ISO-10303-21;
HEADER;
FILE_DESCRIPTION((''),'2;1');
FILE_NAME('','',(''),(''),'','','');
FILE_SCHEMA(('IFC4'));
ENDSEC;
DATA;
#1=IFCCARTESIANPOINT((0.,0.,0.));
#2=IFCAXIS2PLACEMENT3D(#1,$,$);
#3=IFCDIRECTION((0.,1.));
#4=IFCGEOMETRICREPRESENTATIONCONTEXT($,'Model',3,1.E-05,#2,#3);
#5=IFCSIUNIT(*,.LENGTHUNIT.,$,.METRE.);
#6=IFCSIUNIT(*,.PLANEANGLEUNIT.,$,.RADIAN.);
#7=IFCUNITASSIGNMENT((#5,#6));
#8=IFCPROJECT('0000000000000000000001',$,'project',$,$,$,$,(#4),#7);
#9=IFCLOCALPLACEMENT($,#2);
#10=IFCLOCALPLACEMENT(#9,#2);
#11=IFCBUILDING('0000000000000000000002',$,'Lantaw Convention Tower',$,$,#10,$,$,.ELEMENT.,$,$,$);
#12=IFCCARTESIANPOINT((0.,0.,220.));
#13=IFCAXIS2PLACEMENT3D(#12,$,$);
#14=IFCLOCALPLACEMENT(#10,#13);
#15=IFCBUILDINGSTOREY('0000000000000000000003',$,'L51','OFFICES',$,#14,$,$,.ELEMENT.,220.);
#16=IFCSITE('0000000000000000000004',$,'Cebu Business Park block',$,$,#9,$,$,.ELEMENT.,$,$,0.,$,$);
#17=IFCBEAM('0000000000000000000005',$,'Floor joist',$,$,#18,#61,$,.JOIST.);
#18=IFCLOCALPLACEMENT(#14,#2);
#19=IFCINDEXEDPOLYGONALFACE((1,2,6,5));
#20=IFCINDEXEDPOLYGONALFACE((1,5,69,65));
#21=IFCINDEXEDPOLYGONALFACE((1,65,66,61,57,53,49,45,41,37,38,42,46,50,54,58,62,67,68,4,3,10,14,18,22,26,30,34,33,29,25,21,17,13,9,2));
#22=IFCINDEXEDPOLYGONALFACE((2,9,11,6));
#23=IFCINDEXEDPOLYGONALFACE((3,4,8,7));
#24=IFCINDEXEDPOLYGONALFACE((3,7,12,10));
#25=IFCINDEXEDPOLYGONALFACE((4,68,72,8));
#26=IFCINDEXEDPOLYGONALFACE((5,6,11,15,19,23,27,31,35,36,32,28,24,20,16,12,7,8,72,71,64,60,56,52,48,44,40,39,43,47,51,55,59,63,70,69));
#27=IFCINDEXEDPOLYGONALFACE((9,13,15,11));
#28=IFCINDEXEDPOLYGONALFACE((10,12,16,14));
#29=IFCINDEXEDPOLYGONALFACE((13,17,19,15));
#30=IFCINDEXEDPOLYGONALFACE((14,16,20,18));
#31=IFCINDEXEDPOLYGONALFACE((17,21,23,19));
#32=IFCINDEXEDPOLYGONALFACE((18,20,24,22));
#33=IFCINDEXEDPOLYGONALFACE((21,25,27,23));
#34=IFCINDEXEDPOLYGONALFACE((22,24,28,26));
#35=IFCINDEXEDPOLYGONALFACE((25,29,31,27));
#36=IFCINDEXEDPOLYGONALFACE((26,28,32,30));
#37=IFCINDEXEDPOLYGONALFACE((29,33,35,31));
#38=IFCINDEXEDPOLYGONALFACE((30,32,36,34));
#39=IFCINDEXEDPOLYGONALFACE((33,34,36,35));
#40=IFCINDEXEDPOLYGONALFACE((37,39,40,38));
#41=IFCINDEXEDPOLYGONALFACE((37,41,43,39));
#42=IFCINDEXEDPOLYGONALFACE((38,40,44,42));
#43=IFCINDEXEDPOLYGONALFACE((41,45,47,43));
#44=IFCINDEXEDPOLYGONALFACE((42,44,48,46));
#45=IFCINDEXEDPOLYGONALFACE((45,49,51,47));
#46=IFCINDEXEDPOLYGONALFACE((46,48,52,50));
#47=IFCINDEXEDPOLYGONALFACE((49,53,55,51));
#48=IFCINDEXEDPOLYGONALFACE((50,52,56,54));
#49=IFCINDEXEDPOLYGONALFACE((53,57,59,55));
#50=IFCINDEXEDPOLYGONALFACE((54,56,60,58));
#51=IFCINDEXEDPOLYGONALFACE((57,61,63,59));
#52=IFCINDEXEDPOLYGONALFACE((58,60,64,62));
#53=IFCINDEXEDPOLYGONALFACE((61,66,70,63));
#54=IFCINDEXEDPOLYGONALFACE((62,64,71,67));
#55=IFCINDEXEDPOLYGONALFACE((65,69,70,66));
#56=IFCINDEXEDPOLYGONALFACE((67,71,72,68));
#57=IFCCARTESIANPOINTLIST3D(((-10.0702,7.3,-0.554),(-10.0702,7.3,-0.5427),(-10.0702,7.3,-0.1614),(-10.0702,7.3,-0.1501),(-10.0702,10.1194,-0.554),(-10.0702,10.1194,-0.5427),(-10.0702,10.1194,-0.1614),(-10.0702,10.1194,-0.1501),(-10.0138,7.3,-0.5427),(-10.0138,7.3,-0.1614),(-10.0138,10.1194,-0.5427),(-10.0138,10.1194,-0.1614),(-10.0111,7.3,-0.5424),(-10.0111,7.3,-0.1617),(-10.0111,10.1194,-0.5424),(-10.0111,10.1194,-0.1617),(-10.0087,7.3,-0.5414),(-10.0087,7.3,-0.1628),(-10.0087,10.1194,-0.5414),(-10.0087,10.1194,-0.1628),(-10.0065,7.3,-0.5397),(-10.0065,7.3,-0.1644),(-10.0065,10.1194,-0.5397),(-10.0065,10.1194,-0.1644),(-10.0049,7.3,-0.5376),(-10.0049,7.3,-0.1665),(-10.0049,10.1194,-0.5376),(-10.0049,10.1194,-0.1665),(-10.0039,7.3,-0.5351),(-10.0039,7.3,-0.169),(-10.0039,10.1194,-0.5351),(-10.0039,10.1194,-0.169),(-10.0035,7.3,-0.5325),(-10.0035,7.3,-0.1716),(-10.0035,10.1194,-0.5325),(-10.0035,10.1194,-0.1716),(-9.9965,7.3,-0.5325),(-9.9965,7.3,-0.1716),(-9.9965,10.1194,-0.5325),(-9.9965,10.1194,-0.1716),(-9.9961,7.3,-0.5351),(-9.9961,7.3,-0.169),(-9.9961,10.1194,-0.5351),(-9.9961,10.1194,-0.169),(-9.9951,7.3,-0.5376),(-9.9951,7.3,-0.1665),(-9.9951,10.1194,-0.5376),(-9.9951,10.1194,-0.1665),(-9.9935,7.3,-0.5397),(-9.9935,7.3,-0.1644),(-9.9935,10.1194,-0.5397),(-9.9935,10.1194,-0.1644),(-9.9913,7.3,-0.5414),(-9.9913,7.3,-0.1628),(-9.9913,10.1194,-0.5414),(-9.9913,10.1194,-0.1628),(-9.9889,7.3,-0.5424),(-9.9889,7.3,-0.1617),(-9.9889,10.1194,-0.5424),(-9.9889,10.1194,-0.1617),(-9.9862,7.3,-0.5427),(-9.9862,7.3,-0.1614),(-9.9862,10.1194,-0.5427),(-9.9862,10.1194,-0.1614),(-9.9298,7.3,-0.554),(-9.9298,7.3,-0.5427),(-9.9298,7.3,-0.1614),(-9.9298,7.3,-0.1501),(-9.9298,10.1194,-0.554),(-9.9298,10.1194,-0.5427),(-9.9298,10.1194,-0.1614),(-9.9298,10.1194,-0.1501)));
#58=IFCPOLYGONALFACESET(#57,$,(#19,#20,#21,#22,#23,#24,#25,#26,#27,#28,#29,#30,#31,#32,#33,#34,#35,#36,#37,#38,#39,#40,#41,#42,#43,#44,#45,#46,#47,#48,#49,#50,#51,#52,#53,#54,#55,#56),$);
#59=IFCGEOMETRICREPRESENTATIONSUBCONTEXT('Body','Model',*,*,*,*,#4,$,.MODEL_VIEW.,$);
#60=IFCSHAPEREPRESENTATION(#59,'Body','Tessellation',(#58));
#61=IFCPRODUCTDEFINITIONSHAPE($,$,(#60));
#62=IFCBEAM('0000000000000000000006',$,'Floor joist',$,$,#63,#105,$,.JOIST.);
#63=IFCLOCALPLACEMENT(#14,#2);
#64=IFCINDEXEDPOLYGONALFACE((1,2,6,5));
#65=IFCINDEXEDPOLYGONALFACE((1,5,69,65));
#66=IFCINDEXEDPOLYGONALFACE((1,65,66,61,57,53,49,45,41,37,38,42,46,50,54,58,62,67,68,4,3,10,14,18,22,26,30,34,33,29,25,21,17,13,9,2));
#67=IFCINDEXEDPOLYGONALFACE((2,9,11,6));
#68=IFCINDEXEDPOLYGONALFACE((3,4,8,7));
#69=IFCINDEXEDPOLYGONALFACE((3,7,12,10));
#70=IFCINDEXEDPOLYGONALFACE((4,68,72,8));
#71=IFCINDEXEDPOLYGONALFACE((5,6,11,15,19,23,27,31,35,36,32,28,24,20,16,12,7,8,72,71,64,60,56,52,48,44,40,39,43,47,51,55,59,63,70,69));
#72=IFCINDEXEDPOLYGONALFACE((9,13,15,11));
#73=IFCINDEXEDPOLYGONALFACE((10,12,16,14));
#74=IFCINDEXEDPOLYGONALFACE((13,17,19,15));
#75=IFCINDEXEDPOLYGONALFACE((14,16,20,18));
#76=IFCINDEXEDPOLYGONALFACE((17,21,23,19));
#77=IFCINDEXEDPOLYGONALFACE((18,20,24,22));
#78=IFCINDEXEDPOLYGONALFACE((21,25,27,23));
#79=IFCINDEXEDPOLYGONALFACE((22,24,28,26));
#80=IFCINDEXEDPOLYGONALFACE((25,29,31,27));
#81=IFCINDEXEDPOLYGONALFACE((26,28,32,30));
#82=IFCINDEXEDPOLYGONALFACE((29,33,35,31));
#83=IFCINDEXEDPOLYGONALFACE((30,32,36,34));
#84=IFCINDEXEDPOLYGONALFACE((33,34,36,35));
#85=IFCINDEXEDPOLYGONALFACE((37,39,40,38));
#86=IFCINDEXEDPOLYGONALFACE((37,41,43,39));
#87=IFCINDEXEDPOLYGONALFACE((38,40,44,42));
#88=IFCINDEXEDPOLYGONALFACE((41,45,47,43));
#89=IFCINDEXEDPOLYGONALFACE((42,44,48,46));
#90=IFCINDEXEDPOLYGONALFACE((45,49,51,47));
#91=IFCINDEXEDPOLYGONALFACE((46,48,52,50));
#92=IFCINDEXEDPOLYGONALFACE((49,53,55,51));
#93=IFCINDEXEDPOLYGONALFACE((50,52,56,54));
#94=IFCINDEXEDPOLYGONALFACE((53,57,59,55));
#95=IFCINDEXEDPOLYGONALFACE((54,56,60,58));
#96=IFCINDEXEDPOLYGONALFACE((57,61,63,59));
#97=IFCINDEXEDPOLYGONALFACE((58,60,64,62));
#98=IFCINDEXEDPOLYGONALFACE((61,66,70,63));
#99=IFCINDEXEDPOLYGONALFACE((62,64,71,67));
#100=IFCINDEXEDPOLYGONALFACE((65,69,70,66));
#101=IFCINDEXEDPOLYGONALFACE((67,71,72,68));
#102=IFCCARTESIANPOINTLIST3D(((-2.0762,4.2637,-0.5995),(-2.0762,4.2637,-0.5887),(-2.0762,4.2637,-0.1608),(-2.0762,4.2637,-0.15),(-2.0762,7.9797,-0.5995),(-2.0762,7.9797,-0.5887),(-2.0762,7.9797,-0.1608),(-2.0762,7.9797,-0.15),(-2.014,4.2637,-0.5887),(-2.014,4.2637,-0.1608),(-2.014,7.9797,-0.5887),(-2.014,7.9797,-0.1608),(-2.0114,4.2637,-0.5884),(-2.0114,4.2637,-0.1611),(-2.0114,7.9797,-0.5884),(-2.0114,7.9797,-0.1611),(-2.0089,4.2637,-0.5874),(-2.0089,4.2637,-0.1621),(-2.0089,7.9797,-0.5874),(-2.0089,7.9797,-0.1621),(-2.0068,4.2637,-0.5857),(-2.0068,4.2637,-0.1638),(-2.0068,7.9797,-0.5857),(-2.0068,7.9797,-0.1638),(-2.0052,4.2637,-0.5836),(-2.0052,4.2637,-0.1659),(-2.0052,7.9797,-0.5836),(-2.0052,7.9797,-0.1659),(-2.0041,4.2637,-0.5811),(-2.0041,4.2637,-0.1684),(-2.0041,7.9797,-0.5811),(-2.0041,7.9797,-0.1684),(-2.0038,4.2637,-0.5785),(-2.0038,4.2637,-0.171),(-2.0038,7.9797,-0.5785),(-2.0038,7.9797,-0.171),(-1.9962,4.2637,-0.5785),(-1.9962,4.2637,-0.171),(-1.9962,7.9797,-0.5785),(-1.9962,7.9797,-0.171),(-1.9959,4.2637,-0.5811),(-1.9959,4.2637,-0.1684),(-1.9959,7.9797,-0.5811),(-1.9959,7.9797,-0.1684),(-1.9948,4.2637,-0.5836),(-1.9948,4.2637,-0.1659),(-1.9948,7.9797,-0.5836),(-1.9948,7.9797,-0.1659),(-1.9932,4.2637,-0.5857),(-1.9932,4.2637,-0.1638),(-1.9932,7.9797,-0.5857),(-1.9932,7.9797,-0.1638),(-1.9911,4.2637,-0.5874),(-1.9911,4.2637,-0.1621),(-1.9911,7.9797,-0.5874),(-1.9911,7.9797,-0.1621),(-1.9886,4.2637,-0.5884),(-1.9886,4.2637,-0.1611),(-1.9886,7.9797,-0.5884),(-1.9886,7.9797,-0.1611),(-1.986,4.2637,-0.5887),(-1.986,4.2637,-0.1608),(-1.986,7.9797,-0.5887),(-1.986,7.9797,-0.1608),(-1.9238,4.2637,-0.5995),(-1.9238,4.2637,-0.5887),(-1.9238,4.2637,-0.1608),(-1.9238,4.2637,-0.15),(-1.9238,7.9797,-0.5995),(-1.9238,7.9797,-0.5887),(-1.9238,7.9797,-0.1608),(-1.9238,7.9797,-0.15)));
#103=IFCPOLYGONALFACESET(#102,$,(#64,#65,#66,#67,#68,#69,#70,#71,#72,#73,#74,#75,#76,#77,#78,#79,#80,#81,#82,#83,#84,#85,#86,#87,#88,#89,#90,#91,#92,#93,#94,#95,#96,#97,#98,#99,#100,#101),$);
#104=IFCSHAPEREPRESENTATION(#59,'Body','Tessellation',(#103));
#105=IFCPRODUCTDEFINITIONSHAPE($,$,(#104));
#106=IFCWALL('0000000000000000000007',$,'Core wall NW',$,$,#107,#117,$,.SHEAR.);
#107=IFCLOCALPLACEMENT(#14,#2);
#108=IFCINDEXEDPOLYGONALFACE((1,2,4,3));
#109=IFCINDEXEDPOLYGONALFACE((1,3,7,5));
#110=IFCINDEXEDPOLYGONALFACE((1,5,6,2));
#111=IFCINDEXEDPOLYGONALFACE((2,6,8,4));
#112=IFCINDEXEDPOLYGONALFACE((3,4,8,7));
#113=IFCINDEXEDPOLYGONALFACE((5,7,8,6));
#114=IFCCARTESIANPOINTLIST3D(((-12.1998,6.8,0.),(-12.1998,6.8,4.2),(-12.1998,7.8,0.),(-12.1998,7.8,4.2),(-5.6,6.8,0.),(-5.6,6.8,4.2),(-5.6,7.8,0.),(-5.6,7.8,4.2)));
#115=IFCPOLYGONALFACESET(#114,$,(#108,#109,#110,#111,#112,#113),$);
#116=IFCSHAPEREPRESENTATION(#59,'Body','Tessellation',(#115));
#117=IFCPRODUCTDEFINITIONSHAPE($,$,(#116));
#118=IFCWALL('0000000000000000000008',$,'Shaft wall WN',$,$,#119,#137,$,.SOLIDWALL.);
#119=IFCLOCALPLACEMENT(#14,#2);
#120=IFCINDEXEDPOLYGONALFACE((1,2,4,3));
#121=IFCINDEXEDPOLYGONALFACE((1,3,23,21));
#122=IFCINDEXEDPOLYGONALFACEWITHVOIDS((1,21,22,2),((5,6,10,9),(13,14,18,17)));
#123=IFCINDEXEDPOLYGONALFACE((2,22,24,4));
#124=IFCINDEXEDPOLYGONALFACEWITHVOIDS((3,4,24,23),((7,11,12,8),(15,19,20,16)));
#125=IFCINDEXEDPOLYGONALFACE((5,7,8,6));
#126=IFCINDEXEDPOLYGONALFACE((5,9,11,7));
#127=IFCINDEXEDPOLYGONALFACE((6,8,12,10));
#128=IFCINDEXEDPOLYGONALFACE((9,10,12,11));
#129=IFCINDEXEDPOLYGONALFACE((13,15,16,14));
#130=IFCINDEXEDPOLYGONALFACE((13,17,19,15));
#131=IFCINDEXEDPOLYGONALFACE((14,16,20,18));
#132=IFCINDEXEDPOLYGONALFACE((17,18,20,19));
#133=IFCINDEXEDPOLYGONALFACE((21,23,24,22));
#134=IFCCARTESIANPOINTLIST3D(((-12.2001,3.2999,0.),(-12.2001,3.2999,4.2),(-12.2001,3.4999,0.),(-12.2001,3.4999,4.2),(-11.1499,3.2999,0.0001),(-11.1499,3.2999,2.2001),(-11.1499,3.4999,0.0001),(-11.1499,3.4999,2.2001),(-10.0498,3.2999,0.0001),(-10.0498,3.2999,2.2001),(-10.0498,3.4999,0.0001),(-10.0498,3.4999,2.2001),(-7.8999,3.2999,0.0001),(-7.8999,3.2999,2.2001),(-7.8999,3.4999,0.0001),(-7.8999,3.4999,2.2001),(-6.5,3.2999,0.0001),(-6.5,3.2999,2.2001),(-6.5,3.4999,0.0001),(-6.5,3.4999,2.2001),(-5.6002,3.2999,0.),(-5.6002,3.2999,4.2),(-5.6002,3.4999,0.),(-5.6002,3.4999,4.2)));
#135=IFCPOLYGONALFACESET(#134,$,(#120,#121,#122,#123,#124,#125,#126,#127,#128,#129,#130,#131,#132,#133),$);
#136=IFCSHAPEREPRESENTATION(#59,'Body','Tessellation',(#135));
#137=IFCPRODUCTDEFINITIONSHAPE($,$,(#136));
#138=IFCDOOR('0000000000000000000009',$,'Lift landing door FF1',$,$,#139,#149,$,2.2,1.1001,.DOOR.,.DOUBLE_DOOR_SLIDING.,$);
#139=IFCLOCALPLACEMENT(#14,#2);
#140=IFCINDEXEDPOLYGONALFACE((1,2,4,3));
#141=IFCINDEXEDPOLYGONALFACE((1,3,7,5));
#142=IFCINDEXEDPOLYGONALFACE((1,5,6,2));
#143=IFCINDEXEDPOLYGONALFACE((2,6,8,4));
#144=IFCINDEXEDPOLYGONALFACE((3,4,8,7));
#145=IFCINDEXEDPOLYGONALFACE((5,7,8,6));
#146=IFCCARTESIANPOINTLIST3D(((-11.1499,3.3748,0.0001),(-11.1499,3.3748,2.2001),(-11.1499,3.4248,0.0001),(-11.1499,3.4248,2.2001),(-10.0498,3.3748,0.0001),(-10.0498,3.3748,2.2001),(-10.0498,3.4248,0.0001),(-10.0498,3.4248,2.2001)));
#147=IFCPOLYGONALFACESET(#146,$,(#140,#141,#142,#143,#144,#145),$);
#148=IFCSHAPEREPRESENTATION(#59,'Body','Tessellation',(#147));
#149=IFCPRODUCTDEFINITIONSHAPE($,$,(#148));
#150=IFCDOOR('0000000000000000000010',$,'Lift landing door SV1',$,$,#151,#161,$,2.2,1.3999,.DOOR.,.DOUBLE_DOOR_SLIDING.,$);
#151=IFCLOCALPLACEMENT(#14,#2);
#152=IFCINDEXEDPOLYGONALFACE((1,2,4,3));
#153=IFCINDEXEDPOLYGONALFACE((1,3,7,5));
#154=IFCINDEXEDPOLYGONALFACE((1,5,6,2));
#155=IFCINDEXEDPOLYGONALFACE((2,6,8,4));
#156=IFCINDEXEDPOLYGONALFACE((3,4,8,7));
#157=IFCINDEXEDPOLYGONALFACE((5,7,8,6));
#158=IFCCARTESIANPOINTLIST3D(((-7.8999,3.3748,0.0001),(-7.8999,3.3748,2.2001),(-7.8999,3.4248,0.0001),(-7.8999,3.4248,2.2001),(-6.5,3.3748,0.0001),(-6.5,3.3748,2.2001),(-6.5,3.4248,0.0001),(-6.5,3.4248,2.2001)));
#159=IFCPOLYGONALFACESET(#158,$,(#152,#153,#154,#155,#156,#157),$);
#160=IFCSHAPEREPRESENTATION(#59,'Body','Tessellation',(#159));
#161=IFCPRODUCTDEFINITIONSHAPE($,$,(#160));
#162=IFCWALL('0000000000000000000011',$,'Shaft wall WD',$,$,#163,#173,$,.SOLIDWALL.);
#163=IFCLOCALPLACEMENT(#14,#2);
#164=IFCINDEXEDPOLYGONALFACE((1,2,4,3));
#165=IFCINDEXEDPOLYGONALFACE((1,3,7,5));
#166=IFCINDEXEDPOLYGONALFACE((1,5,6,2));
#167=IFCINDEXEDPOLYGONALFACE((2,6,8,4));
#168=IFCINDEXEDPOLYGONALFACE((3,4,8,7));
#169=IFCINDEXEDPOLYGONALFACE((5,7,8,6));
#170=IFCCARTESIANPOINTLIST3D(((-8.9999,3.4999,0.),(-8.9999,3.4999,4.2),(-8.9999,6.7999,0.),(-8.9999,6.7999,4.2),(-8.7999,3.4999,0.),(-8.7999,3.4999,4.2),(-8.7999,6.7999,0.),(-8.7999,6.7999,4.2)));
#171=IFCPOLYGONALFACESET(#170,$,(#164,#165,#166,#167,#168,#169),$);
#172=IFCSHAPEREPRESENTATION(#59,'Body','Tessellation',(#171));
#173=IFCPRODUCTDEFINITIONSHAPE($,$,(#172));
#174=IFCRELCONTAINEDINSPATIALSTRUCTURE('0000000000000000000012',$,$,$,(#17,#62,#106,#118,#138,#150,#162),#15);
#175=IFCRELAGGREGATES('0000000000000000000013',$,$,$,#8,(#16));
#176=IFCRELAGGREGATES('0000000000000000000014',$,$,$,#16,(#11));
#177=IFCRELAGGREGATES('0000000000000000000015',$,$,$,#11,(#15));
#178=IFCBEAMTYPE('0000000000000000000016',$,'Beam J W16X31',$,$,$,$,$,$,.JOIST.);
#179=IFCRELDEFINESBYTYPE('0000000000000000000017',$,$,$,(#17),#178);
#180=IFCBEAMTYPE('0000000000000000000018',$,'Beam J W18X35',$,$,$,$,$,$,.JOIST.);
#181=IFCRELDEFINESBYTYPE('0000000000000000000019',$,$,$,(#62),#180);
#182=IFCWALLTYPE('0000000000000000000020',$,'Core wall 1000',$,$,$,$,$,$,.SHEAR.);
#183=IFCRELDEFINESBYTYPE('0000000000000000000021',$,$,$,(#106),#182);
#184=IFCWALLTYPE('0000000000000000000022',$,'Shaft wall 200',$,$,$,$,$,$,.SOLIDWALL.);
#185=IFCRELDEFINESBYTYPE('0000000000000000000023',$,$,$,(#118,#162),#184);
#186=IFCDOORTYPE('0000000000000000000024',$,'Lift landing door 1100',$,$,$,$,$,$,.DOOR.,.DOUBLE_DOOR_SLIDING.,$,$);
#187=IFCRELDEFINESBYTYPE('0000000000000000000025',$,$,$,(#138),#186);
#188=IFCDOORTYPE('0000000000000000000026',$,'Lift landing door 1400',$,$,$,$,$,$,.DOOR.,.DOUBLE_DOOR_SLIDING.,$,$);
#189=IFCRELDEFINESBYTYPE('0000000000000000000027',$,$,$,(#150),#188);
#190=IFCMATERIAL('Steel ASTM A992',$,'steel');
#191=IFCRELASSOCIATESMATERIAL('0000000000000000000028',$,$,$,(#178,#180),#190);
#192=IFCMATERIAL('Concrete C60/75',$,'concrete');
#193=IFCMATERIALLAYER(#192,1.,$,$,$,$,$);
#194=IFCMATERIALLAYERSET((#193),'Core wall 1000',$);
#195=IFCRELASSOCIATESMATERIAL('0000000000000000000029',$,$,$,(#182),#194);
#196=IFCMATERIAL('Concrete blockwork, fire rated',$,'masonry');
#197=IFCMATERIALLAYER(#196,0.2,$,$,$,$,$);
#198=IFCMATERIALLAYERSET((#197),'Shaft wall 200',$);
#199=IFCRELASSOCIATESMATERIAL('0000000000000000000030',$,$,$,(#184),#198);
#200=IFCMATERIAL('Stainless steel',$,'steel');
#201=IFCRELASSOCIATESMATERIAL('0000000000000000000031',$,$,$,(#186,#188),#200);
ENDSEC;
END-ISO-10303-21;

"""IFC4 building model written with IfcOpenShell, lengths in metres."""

from ifc_helpers import new_model, si_unit, direction, frame, frame_2d, origin, origin_2d, place, context, subcontext, project, spatial, rectangle, i_section, extrude, material, layer, layer_set, material_profile, profile_set, type_object, element, fill, save


model = new_model("IFC4")

# Units and contexts
model_context = context("Model", 3, precision=1e-05, world=origin(), true_north=direction((0.0, 1.0)))
body_context = subcontext(model_context, "Body", "Model", "MODEL_VIEW")
ifc_project = project(units=[si_unit("LENGTHUNIT", "METRE"), si_unit("PLANEANGLEUNIT", "RADIAN")], contexts=[model_context])

# Site, building, storey
site_placement = place(None, origin())
site = spatial("IfcSite", under=ifc_project, at=site_placement, Name="Cebu Business Park block", CompositionType="ELEMENT", RefElevation=0.0)
building_placement = place(site_placement, origin())
building = spatial("IfcBuilding", under=site, at=building_placement, Name="Lantaw Convention Tower", CompositionType="ELEMENT")
storey_placement = place(building_placement, frame((0.0, 0.0, 220.0)))
storey = spatial("IfcBuildingStorey", under=building, at=storey_placement, Name="L51", Description="OFFICES", CompositionType="ELEMENT", Elevation=220.0)

# Beams
ifc_material_1 = material(Name="Steel ASTM A992", Category="steel")
ifc_material_profile_1 = material_profile(ifc_material_1, i_section(OverallWidth=0.1404, OverallDepth=0.4038, WebThickness=0.0071, FlangeThickness=0.0112, FilletRadius=0.0103, at=origin_2d()), Name="W16X31")
ifc_profile_set_1 = profile_set([ifc_material_profile_1], Name="Steel ASTM A992")
beam_type_1 = type_object("IfcBeamType", Name="Beam J W16X31", PredefinedType="JOIST", material=ifc_profile_set_1)
beam_1_placement = place(storey_placement, frame((-10.0, 7.3, -0.3521), z_axis=(0.0, 1.0, 0.0), x_axis=(-1.0, 0.0, 0.0)))
element("IfcBeam", 1, at=beam_1_placement, inside=storey, type_object=beam_type_1, Name="Floor joist", PredefinedType="JOIST", context=body_context, shape_type="SweptSolid", body=[
    extrude(i_section(OverallWidth=0.1404, OverallDepth=0.4038, WebThickness=0.0071, FlangeThickness=0.0112, FilletRadius=0.0103, at=origin_2d()), origin(), (0.0, 0.0, 1.0), 2.8193),
])
ifc_material_profile_2 = material_profile(ifc_material_1, i_section(OverallWidth=0.1523, OverallDepth=0.4495, WebThickness=0.0076, FlangeThickness=0.0107, FilletRadius=0.0103, at=origin_2d()), Name="W18X35")
ifc_profile_set_2 = profile_set([ifc_material_profile_2], Name="Steel ASTM A992")
beam_type_2 = type_object("IfcBeamType", Name="Beam J W18X35", PredefinedType="JOIST", material=ifc_profile_set_2)
beam_2_placement = place(storey_placement, frame((-2.0, 4.2637, -0.3748), z_axis=(0.0, 1.0, 0.0), x_axis=(-1.0, 0.0, 0.0)))
element("IfcBeam", 2, at=beam_2_placement, inside=storey, type_object=beam_type_2, Name="Floor joist", PredefinedType="JOIST", context=body_context, shape_type="SweptSolid", body=[
    extrude(i_section(OverallWidth=0.1523, OverallDepth=0.4495, WebThickness=0.0076, FlangeThickness=0.0107, FilletRadius=0.0103, at=origin_2d()), origin(), (0.0, 0.0, 1.0), 3.7161),
])

# Wall
ifc_material_2 = material(Name="Concrete C60/75", Category="concrete")
ifc_layer_1 = layer(ifc_material_2, 1.0)
ifc_layer_set_1 = layer_set([ifc_layer_1], Name="Core wall 1000")
wall_type_1 = type_object("IfcWallType", Name="Core wall 1000", PredefinedType="SHEAR", material=ifc_layer_set_1)
wall_1_placement = place(storey_placement, frame((-5.6001, 7.3, 0.0), z_axis=(0.0, 0.0, 1.0), x_axis=(-1.0, 0.0, 0.0)))
element("IfcWall", 3, at=wall_1_placement, inside=storey, type_object=wall_type_1, Name="Core wall NW", PredefinedType="SHEAR", context=body_context, shape_type="SweptSolid", body=[
    extrude(rectangle(XDim=6.5999, YDim=1.0, at=frame_2d((3.2998, 0.0))), origin(), (0.0, 0.0, 1.0), 4.2),
])

# Wall, openings, doors
ifc_material_3 = material(Name="Concrete blockwork, fire rated", Category="masonry")
ifc_layer_2 = layer(ifc_material_3, 0.2)
ifc_layer_set_2 = layer_set([ifc_layer_2], Name="Shaft wall 200")
wall_type_2 = type_object("IfcWallType", Name="Shaft wall 200", PredefinedType="SOLIDWALL", material=ifc_layer_set_2)
wall_2_placement = place(storey_placement, frame((-12.2, 3.3999, 0.0), z_axis=(0.0, 0.0, 1.0), x_axis=(1.0, 0.0, 0.0)))
wall_2 = element("IfcWall", 4, at=wall_2_placement, inside=storey, type_object=wall_type_2, Name="Shaft wall WN", PredefinedType="SOLIDWALL", context=body_context, shape_type="SweptSolid", body=[
    extrude(rectangle(XDim=6.5999, YDim=0.2, at=frame_2d((3.2998, 0.0))), origin(), (0.0, 0.0, 1.0), 4.2),
])
opening_1_placement = place(wall_2_placement, frame((1.05, 0.0, 0.0)))
opening_1 = element("IfcOpeningElement", 5, at=opening_1_placement, cuts=wall_2, PredefinedType="OPENING", context=body_context, shape_type="SweptSolid", body=[
    extrude(rectangle(XDim=1.1001, YDim=2.2, at=frame_2d((0.55, 1.1001))), frame((0.0, 0.1099, 0.0), z_axis=(0.0, -1.0, 0.0), x_axis=(1.0, 0.0, 0.0)), (0.0, 0.0, 1.0), 0.22),
])
opening_2_placement = place(wall_2_placement, frame((4.3, 0.0, 0.0)))
opening_2 = element("IfcOpeningElement", 6, at=opening_2_placement, cuts=wall_2, PredefinedType="OPENING", context=body_context, shape_type="SweptSolid", body=[
    extrude(rectangle(XDim=1.3999, YDim=2.2, at=frame_2d((0.7, 1.1001))), frame((0.0, 0.1099, 0.0), z_axis=(0.0, -1.0, 0.0), x_axis=(1.0, 0.0, 0.0)), (0.0, 0.0, 1.0), 0.22),
])
ifc_material_4 = material(Name="Stainless steel", Category="steel")
door_type_1 = type_object("IfcDoorType", Name="Lift landing door 1100", OperationType="DOUBLE_DOOR_SLIDING", PredefinedType="DOOR", material=ifc_material_4)
door_1_placement = place(opening_1_placement, origin())
door_1 = element("IfcDoor", 7, at=door_1_placement, inside=storey, type_object=door_type_1, Name="Lift landing door FF1", OperationType="DOUBLE_DOOR_SLIDING", OverallHeight=2.2, OverallWidth=1.1001, PredefinedType="DOOR", context=body_context, shape_type="SweptSolid", body=[
    extrude(rectangle(XDim=1.1001, YDim=2.2, at=frame_2d((0.55, 1.1001))), frame((0.0, 0.0249, 0.0), z_axis=(0.0, -1.0, 0.0), x_axis=(1.0, 0.0, 0.0)), (0.0, 0.0, 1.0), 0.05),
])
fill(opening_1, door_1)
door_type_2 = type_object("IfcDoorType", Name="Lift landing door 1400", OperationType="DOUBLE_DOOR_SLIDING", PredefinedType="DOOR", material=ifc_material_4)
door_2_placement = place(opening_2_placement, origin())
door_2 = element("IfcDoor", 8, at=door_2_placement, inside=storey, type_object=door_type_2, Name="Lift landing door SV1", OperationType="DOUBLE_DOOR_SLIDING", OverallHeight=2.2, OverallWidth=1.3999, PredefinedType="DOOR", context=body_context, shape_type="SweptSolid", body=[
    extrude(rectangle(XDim=1.3999, YDim=2.2, at=frame_2d((0.7, 1.1001))), frame((0.0, 0.0249, 0.0), z_axis=(0.0, -1.0, 0.0), x_axis=(1.0, 0.0, 0.0)), (0.0, 0.0, 1.0), 0.05),
])
fill(opening_2, door_2)

# Wall
wall_3_placement = place(storey_placement, frame((-8.8999, 3.5, 0.0), z_axis=(0.0, 0.0, 1.0), x_axis=(0.0, 1.0, 0.0)))
element("IfcWall", 9, at=wall_3_placement, inside=storey, type_object=wall_type_2, Name="Shaft wall WD", PredefinedType="SOLIDWALL", context=body_context, shape_type="SweptSolid", body=[
    extrude(rectangle(XDim=3.3, YDim=0.2, at=frame_2d((1.6499, 0.0))), origin(), (0.0, 0.0, 1.0), 4.2),
])

save(model, "model.ifc")
